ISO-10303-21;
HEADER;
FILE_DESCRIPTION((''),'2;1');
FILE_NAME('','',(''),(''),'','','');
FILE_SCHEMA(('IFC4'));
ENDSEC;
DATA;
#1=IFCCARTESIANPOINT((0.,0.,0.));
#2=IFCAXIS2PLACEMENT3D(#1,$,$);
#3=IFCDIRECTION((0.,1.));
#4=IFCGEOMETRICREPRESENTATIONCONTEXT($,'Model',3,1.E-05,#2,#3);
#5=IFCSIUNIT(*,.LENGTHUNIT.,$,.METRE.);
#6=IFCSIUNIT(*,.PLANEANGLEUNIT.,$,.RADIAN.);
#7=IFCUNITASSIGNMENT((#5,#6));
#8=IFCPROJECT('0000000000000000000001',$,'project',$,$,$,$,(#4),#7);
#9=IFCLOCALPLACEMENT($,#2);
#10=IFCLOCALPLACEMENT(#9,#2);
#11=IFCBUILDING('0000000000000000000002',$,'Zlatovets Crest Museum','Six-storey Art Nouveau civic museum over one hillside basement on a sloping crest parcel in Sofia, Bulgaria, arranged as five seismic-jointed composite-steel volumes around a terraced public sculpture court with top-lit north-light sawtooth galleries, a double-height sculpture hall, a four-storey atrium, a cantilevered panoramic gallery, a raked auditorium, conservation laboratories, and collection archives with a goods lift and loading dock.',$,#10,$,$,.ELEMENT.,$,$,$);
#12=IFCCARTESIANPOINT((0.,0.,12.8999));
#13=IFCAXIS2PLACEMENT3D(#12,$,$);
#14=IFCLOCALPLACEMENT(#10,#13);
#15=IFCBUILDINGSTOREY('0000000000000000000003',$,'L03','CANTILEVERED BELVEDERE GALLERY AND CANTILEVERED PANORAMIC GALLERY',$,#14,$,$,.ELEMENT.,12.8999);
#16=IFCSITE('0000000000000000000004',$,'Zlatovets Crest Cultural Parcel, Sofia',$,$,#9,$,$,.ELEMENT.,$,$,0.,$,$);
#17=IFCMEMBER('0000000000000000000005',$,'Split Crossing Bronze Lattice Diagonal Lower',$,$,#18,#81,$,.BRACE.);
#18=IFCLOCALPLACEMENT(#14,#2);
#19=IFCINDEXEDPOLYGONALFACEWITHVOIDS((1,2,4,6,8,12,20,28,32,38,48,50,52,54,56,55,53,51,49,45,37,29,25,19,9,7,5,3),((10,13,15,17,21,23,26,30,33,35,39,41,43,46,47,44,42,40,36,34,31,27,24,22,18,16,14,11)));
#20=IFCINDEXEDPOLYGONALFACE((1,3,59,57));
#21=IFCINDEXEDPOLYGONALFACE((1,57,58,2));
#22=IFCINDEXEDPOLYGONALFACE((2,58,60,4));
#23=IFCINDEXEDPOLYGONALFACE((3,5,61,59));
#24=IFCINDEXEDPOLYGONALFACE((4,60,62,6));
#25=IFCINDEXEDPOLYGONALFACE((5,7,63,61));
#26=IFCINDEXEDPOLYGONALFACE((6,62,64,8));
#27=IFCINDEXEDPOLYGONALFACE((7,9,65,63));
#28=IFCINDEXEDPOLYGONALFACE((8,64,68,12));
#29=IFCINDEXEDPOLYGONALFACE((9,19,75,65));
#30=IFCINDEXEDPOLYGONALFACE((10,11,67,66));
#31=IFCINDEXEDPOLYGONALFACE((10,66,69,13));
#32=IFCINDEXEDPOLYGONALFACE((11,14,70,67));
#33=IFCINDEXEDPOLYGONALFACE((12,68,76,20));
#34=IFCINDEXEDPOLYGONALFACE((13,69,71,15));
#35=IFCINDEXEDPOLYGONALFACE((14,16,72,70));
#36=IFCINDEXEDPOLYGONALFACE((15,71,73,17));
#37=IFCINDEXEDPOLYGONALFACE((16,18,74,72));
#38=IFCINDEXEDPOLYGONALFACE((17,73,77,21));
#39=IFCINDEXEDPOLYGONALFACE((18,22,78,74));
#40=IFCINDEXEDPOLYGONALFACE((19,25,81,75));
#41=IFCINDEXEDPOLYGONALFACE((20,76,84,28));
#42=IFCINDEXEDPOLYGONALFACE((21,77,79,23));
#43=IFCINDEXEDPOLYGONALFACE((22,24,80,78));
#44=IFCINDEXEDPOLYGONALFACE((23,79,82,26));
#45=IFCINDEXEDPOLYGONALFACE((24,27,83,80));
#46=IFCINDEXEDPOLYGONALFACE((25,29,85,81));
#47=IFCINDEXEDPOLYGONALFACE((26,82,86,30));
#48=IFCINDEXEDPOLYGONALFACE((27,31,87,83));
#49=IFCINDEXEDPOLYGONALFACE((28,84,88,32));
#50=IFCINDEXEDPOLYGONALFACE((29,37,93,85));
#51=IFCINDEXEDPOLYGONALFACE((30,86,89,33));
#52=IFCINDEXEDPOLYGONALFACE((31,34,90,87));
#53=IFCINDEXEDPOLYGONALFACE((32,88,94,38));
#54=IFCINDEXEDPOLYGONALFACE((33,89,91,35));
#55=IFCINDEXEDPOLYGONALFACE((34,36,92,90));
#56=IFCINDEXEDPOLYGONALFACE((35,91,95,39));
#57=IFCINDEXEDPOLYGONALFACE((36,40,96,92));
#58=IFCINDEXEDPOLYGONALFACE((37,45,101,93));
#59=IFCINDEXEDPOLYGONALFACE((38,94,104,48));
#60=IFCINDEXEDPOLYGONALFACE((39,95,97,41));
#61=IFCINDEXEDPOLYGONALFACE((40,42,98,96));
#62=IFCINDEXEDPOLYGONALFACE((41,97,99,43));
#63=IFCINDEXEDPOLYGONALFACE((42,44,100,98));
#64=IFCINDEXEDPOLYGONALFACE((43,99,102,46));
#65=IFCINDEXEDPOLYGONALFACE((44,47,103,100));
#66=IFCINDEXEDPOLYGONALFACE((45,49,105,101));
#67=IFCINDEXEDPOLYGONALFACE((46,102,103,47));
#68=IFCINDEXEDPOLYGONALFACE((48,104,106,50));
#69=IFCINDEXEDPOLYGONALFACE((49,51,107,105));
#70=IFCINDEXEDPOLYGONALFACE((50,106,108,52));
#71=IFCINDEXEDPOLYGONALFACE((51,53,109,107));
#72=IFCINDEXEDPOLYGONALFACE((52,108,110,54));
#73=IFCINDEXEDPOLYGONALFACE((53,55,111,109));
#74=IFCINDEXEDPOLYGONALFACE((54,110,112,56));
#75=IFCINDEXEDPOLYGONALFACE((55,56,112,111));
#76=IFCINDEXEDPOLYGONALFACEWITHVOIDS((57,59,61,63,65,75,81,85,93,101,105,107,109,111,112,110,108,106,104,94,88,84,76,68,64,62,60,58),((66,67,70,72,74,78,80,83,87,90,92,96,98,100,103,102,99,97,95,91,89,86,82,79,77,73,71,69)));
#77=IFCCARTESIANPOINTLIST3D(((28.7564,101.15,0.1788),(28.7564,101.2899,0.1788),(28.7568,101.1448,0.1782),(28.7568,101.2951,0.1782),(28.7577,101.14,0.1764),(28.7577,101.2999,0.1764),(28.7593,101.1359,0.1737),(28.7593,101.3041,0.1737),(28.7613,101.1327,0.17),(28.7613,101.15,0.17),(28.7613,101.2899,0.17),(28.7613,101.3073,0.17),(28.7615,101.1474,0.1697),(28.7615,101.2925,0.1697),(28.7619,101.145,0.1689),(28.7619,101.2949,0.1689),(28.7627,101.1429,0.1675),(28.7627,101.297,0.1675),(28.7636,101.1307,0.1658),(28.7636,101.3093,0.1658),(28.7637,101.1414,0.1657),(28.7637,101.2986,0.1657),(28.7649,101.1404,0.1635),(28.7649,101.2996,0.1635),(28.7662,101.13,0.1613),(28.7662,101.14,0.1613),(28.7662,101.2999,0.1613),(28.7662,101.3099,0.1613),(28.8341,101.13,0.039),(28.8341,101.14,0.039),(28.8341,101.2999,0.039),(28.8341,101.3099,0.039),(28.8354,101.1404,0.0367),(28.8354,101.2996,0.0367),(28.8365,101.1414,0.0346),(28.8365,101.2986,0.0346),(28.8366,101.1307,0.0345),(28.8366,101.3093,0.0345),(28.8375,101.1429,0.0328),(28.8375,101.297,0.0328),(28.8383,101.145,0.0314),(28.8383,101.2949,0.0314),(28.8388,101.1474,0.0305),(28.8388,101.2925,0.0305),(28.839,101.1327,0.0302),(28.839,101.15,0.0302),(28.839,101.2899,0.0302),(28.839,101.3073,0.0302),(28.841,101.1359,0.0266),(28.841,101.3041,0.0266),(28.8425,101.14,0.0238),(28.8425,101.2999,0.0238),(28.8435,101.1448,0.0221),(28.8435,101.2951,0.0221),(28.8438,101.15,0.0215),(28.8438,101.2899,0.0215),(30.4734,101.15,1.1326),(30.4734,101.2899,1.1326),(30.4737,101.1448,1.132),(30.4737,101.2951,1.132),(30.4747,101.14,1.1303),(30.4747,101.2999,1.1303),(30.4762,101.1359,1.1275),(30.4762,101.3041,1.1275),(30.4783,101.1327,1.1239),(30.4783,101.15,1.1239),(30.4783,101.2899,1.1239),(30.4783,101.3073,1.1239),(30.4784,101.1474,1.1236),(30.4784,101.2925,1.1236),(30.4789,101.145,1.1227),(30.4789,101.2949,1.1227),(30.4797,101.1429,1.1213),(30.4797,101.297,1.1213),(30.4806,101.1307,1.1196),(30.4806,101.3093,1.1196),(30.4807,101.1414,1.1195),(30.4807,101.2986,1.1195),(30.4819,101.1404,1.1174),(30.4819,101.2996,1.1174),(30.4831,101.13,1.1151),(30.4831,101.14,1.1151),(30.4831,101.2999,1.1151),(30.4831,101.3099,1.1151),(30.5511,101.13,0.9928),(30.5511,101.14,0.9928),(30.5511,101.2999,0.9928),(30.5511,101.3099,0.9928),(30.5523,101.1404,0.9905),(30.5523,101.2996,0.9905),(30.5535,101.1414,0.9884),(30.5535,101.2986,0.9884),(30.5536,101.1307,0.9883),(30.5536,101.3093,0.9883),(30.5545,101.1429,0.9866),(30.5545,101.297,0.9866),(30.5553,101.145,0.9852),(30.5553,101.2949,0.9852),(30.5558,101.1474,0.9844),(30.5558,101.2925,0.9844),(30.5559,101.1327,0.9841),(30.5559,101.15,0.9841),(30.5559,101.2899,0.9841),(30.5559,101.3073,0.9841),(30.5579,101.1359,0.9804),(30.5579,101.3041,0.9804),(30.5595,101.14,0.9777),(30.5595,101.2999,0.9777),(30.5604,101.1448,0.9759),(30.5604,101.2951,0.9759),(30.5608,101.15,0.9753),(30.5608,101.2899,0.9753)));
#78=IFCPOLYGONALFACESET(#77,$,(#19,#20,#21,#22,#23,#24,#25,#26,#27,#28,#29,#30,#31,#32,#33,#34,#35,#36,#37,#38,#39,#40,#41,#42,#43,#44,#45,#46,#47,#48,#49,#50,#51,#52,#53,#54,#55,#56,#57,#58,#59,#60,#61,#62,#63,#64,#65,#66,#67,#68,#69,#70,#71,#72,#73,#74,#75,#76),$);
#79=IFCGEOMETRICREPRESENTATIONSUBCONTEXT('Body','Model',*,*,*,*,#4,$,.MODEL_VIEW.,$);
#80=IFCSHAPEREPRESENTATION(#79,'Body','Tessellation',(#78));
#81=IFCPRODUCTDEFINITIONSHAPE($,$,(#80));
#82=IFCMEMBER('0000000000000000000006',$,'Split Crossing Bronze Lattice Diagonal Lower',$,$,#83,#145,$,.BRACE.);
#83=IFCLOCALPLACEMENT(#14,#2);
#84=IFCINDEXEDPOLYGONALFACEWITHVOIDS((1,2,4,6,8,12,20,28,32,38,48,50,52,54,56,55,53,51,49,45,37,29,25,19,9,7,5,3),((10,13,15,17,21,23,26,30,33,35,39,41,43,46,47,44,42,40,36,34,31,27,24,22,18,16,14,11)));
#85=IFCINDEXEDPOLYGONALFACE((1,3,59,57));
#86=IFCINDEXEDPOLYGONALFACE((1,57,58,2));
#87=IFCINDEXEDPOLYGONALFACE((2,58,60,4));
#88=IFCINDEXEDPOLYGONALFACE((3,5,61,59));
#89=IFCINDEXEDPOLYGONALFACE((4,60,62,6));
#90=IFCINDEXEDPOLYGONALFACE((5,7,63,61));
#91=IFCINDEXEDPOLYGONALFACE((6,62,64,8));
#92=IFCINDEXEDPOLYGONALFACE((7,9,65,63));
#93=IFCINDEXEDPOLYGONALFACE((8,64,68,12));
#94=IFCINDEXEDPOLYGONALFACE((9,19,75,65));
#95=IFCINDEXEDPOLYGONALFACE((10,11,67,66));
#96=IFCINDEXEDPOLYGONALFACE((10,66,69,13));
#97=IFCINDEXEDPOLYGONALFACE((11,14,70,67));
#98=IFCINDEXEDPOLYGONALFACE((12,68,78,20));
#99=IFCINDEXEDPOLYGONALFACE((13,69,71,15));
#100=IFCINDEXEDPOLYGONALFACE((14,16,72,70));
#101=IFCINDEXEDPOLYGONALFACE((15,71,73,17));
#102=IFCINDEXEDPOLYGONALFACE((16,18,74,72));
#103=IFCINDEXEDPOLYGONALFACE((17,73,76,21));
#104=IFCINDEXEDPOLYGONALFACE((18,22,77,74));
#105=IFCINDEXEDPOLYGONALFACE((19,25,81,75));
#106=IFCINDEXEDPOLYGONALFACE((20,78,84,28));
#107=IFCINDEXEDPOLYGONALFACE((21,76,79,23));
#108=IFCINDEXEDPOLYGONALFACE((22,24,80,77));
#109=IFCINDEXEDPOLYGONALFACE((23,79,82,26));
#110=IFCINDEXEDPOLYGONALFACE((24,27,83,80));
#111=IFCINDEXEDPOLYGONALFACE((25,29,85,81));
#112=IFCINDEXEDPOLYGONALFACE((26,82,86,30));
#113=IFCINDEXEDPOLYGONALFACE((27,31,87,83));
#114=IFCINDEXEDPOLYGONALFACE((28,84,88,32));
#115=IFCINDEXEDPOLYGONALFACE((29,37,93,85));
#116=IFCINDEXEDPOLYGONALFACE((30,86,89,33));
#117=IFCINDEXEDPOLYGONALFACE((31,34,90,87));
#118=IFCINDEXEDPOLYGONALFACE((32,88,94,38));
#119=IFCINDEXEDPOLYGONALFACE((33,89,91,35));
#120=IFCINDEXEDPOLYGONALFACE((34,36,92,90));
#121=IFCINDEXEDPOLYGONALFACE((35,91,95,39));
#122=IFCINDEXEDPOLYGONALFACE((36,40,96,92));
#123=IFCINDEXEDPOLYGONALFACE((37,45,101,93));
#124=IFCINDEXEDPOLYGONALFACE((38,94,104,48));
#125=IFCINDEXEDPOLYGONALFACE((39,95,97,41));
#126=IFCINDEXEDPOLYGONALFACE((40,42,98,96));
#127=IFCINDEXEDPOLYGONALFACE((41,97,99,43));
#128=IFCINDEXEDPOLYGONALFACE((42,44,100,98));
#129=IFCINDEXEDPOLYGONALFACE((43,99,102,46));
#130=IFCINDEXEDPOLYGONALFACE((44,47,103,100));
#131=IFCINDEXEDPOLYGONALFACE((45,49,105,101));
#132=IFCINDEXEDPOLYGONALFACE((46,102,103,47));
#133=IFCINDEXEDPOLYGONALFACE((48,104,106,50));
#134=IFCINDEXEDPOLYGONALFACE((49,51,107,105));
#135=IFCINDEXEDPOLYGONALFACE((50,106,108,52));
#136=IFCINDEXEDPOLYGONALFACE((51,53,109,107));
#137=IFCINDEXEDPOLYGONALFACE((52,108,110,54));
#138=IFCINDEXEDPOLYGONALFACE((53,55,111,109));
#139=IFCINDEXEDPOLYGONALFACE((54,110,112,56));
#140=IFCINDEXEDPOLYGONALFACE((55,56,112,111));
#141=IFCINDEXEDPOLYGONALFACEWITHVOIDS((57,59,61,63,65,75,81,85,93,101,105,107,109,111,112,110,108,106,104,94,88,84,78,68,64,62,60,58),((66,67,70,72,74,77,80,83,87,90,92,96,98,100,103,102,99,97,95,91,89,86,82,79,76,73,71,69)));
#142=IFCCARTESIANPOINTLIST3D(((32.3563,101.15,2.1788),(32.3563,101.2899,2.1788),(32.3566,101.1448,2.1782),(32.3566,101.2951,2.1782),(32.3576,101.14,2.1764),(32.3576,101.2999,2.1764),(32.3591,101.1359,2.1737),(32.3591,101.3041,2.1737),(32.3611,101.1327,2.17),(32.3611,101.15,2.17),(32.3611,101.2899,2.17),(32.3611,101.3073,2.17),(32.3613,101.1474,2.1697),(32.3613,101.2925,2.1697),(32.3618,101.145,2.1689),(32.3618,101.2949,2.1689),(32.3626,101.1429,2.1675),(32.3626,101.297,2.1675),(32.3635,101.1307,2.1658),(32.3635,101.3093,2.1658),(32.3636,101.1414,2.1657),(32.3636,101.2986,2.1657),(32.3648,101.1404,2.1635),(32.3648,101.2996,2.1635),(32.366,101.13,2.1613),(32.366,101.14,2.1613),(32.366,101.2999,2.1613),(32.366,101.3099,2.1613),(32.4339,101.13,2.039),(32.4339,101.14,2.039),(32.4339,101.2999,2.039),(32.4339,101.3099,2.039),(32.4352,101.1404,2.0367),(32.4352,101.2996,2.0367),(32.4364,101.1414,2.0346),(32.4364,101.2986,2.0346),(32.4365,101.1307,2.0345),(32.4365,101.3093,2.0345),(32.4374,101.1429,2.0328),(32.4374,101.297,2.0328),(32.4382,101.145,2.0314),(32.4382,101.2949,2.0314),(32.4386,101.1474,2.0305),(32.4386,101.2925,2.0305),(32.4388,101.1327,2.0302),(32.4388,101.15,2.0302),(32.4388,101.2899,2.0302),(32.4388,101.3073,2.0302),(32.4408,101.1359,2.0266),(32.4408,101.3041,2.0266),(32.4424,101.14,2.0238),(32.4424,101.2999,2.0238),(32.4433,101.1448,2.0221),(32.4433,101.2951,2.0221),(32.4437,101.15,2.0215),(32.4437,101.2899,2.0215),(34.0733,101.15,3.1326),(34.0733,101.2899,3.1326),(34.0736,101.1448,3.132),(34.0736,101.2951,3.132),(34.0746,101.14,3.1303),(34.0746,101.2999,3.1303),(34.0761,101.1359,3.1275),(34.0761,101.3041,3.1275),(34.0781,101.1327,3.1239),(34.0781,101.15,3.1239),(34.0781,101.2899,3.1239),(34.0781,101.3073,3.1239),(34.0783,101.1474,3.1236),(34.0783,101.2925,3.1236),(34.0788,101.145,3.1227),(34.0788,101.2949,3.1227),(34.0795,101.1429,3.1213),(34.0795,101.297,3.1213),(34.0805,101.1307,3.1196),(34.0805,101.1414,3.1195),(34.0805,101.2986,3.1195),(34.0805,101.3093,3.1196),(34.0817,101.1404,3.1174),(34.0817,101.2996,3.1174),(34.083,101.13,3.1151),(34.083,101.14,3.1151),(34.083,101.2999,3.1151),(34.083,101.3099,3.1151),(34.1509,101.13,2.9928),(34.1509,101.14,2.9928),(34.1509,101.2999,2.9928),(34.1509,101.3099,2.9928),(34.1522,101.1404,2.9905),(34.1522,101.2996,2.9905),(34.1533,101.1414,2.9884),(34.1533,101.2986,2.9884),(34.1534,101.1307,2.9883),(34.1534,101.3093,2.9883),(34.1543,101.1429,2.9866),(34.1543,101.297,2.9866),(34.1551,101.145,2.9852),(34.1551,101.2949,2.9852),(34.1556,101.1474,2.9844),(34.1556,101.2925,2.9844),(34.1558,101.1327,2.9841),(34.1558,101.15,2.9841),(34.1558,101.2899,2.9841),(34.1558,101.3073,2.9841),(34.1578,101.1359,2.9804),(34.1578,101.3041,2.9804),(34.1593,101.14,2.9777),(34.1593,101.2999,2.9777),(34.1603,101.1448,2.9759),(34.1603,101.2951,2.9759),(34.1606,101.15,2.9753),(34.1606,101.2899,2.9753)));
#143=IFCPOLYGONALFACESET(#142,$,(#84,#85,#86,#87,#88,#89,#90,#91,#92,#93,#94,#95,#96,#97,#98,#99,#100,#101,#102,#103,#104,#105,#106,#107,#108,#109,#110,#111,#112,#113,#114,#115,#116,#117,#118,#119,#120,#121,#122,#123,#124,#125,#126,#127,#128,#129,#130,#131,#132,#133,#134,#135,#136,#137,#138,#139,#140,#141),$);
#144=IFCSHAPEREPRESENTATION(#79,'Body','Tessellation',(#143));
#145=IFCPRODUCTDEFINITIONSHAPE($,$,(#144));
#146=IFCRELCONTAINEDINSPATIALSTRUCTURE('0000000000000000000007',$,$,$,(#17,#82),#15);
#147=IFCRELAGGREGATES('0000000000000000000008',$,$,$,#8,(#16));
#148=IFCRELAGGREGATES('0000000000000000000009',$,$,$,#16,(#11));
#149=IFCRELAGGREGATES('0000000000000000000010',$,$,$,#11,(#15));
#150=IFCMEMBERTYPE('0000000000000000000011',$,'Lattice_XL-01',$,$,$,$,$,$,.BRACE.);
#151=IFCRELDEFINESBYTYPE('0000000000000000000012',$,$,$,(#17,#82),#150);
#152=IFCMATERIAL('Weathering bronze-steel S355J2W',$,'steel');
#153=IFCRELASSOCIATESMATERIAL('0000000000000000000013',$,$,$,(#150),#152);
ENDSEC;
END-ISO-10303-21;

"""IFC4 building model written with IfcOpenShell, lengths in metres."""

from ifc_helpers import new_model, si_unit, direction, frame, origin, origin_2d, place, context, subcontext, project, spatial, hollow_rectangle, extrude, material, material_profile, profile_set, type_object, element, save


model = new_model("IFC4")

# Units and contexts
model_context = context("Model", 3, precision=1e-05, world=origin(), true_north=direction((0.0, 1.0)))
body_context = subcontext(model_context, "Body", "Model", "MODEL_VIEW")
ifc_project = project(units=[si_unit("LENGTHUNIT", "METRE"), si_unit("PLANEANGLEUNIT", "RADIAN")], contexts=[model_context])

# Site, building, storey
site_placement = place(None, origin())
site = spatial("IfcSite", under=ifc_project, at=site_placement, Name="Zlatovets Crest Cultural Parcel, Sofia", CompositionType="ELEMENT", RefElevation=0.0)
building_placement = place(site_placement, origin())
building = spatial("IfcBuilding", under=site, at=building_placement, Name="Zlatovets Crest Museum", Description="Six-storey Art Nouveau civic museum over one hillside basement on a sloping crest parcel in Sofia, Bulgaria, arranged as five seismic-jointed composite-steel volumes around a terraced public sculpture court with top-lit north-light sawtooth galleries, a double-height sculpture hall, a four-storey atrium, a cantilevered panoramic gallery, a raked auditorium, conservation laboratories, and collection archives with a goods lift and loading dock.", CompositionType="ELEMENT")
storey_placement = place(building_placement, frame((0.0, 0.0, 12.8999)))
storey = spatial("IfcBuildingStorey", under=building, at=storey_placement, Name="L03", Description="CANTILEVERED BELVEDERE GALLERY AND CANTILEVERED PANORAMIC GALLERY", CompositionType="ELEMENT", Elevation=12.8999)

# Members
ifc_material_1 = material(Name="Weathering bronze-steel S355J2W", Category="steel")
ifc_material_profile_1 = material_profile(ifc_material_1, hollow_rectangle(XDim=0.1799, YDim=0.1799, WallThickness=0.01, InnerFilletRadius=0.01, OuterFilletRadius=0.02, at=origin_2d()), Name="SHS 180x180x10.0")
ifc_profile_set_1 = profile_set([ifc_material_profile_1], Name="Weathering bronze-steel S355J2W")
member_type_1 = type_object("IfcMemberType", Name="Lattice_XL-01", PredefinedType="BRACE", material=ifc_profile_set_1)
for number, where, z_axis, x_axis, name in (
    (1, (30.5171, 101.22, 1.054), (-0.874169, 0.0, -0.485622), (0.0, -1.0, 0.0), "Split Crossing Bronze Lattice Diagonal Lower"),
    (2, (34.1169, 101.22, 3.054), (-0.874169, 0.0, -0.485622), (0.0, -1.0, 0.0), "Split Crossing Bronze Lattice Diagonal Lower"),
):
    element("IfcMember", number, at=place(storey_placement, frame(where, z_axis=z_axis, x_axis=x_axis)), inside=storey, type_object=member_type_1, Name=name, PredefinedType="BRACE", context=body_context, shape_type="SweptSolid", body=[
        extrude(hollow_rectangle(XDim=0.1799, YDim=0.1799, WallThickness=0.01, InnerFilletRadius=0.01, OuterFilletRadius=0.02, at=origin_2d()), origin(), (0.0, 0.0, 1.0), 1.9641),
    ])

save(model, "model.ifc")
